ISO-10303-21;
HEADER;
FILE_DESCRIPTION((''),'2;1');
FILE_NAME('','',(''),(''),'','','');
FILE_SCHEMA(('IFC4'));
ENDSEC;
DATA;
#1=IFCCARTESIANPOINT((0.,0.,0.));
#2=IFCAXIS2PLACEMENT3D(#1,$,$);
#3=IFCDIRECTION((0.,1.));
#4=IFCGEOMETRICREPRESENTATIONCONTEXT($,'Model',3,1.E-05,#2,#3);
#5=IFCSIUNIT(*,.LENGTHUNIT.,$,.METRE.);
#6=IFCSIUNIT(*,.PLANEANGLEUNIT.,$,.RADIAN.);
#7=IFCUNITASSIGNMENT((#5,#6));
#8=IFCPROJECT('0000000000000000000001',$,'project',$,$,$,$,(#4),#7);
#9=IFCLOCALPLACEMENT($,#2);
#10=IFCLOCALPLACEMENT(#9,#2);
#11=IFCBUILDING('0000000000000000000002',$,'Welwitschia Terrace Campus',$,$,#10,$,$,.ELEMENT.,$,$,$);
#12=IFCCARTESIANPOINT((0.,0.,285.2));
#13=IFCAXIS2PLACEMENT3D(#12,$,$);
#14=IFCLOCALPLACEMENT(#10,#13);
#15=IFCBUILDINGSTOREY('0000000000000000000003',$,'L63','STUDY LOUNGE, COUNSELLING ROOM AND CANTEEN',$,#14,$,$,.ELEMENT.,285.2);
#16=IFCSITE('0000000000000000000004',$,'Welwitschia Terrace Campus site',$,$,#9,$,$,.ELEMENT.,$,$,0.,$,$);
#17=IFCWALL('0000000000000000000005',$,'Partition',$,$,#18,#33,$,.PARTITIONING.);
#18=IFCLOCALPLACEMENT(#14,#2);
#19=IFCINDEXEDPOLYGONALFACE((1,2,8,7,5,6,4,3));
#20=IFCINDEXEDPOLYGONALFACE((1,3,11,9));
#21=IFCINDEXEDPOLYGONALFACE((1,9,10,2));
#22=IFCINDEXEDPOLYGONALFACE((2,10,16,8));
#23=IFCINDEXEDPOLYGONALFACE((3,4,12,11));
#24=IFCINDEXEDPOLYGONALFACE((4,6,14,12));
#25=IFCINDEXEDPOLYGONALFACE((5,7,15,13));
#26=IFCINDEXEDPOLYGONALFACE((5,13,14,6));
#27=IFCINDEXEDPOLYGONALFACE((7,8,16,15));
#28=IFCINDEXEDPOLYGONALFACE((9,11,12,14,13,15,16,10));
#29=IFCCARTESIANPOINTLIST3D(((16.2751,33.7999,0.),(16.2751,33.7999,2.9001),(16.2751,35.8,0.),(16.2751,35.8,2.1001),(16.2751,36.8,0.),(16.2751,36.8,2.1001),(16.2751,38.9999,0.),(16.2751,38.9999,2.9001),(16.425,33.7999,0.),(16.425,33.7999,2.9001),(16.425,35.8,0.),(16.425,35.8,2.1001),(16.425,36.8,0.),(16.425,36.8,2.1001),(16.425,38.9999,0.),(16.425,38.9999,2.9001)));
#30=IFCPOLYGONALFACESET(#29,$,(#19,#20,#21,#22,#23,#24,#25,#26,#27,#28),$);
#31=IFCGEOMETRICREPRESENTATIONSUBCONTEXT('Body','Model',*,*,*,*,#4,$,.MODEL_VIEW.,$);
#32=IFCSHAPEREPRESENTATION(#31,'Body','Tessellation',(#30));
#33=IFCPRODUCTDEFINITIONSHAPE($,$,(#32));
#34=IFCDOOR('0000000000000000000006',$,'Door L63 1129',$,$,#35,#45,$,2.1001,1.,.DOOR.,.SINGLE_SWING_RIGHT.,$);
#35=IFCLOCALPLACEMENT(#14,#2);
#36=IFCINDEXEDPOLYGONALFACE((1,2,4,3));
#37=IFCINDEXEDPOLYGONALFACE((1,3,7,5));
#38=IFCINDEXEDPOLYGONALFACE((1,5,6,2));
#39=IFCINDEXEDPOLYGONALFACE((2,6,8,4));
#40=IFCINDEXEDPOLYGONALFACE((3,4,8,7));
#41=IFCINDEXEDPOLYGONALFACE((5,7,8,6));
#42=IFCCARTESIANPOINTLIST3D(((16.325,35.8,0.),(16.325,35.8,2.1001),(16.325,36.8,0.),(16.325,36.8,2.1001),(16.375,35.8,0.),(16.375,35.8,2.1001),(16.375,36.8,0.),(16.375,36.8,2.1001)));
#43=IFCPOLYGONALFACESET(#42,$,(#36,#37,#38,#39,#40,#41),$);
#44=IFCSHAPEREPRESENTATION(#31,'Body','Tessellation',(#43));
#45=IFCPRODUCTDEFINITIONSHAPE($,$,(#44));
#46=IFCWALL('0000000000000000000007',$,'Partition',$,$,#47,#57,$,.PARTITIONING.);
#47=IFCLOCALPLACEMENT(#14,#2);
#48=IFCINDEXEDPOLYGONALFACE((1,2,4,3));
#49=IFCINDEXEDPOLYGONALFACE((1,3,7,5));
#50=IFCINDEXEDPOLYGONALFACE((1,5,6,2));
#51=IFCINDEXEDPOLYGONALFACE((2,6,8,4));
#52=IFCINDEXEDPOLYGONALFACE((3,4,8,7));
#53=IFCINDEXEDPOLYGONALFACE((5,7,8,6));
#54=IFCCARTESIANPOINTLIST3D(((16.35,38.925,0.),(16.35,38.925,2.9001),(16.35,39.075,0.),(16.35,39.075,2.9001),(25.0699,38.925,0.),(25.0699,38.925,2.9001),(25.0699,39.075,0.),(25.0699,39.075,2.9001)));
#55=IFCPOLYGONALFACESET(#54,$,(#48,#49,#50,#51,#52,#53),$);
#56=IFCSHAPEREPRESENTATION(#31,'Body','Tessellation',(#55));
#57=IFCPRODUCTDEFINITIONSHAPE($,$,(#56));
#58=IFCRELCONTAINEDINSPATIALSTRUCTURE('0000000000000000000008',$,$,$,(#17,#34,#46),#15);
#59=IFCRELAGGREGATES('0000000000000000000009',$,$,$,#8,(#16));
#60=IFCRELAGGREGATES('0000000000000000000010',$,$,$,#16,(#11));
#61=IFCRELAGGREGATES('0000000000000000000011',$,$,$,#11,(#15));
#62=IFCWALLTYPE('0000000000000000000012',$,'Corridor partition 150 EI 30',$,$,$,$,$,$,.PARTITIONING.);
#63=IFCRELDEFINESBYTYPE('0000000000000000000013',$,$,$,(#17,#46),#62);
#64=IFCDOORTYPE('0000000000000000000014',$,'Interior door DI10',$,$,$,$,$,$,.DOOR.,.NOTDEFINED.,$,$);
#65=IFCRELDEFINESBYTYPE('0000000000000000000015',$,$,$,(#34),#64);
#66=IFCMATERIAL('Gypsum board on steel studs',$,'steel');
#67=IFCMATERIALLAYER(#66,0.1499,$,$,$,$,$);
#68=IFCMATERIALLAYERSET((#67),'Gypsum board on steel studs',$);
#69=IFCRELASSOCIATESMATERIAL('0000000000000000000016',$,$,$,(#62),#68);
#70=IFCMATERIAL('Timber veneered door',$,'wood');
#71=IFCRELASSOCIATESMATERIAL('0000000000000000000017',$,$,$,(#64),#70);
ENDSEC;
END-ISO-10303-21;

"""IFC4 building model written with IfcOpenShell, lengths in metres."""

from ifc_helpers import new_model, si_unit, direction, frame, frame_2d, origin, place, context, subcontext, project, spatial, rectangle, extrude, material, layer, layer_set, type_object, element, fill, save


model = new_model("IFC4")

# Units and contexts
model_context = context("Model", 3, precision=1e-05, world=origin(), true_north=direction((0.0, 1.0)))
body_context = subcontext(model_context, "Body", "Model", "MODEL_VIEW")
ifc_project = project(units=[si_unit("LENGTHUNIT", "METRE"), si_unit("PLANEANGLEUNIT", "RADIAN")], contexts=[model_context])

# Site, building, storey
site_placement = place(None, origin())
site = spatial("IfcSite", under=ifc_project, at=site_placement, Name="Welwitschia Terrace Campus site", CompositionType="ELEMENT", RefElevation=0.0)
building_placement = place(site_placement, origin())
building = spatial("IfcBuilding", under=site, at=building_placement, Name="Welwitschia Terrace Campus", CompositionType="ELEMENT")
storey_placement = place(building_placement, frame((0.0, 0.0, 285.2)))
storey = spatial("IfcBuildingStorey", under=building, at=storey_placement, Name="L63", Description="STUDY LOUNGE, COUNSELLING ROOM AND CANTEEN", CompositionType="ELEMENT", Elevation=285.2)

# Shared definitions
ifc_material_1 = material(Name="Gypsum board on steel studs", Category="steel")
ifc_layer_1 = layer(ifc_material_1, 0.1499)
ifc_layer_set_1 = layer_set([ifc_layer_1], Name="Gypsum board on steel studs")
wall_type = type_object("IfcWallType", Name="Corridor partition 150 EI 30", PredefinedType="PARTITIONING", material=ifc_layer_set_1)
ifc_material_2 = material(Name="Timber veneered door", Category="wood")
door_type = type_object("IfcDoorType", Name="Interior door DI10", OperationType="NOTDEFINED", PredefinedType="DOOR", material=ifc_material_2)

# Wall, opening, door
wall_1_placement = place(storey_placement, frame((16.3501, 39.0, 0.0), z_axis=(0.0, 0.0, 1.0), x_axis=(0.0, -1.0, 0.0)))
wall_1 = element("IfcWall", 1, at=wall_1_placement, inside=storey, type_object=wall_type, Name="Partition", PredefinedType="PARTITIONING", context=body_context, shape_type="SweptSolid", body=[
    extrude(rectangle(XDim=5.2, YDim=0.1499, at=frame_2d((2.6001, 0.0))), origin(), (0.0, 0.0, 1.0), 2.9001),
])
opening_1_placement = place(wall_1_placement, frame((2.2, 0.0, 0.0)))
opening_1 = element("IfcOpeningElement", 2, at=opening_1_placement, cuts=wall_1, PredefinedType="OPENING", context=body_context, shape_type="SweptSolid", body=[
    extrude(rectangle(XDim=1.0, YDim=2.1001, at=frame_2d((0.5, 1.05))), frame((0.0, 0.085, 0.0), z_axis=(0.0, -1.0, 0.0), x_axis=(1.0, 0.0, 0.0)), (0.0, 0.0, 1.0), 0.1699),
])
door_1_placement = place(opening_1_placement, origin())
door_1 = element("IfcDoor", 3, at=door_1_placement, inside=storey, type_object=door_type, Name="Door L63 1129", OperationType="SINGLE_SWING_RIGHT", OverallHeight=2.1001, OverallWidth=1.0, PredefinedType="DOOR", context=body_context, shape_type="SweptSolid", body=[
    extrude(rectangle(XDim=1.0, YDim=2.1001, at=frame_2d((0.5, 1.05))), frame((0.0, 0.0249, 0.0), z_axis=(0.0, -1.0, 0.0), x_axis=(1.0, 0.0, 0.0)), (0.0, 0.0, 1.0), 0.05),
])
fill(opening_1, door_1)

# Wall
wall_2_placement = place(storey_placement, frame((16.3501, 39.0, 0.0), z_axis=(0.0, 0.0, 1.0), x_axis=(1.0, 0.0, 0.0)))
element("IfcWall", 4, at=wall_2_placement, inside=storey, type_object=wall_type, Name="Partition", PredefinedType="PARTITIONING", context=body_context, shape_type="SweptSolid", body=[
    extrude(rectangle(XDim=8.72, YDim=0.1499, at=frame_2d((4.3599, 0.0))), origin(), (0.0, 0.0, 1.0), 2.9001),
])

save(model, "model.ifc")
